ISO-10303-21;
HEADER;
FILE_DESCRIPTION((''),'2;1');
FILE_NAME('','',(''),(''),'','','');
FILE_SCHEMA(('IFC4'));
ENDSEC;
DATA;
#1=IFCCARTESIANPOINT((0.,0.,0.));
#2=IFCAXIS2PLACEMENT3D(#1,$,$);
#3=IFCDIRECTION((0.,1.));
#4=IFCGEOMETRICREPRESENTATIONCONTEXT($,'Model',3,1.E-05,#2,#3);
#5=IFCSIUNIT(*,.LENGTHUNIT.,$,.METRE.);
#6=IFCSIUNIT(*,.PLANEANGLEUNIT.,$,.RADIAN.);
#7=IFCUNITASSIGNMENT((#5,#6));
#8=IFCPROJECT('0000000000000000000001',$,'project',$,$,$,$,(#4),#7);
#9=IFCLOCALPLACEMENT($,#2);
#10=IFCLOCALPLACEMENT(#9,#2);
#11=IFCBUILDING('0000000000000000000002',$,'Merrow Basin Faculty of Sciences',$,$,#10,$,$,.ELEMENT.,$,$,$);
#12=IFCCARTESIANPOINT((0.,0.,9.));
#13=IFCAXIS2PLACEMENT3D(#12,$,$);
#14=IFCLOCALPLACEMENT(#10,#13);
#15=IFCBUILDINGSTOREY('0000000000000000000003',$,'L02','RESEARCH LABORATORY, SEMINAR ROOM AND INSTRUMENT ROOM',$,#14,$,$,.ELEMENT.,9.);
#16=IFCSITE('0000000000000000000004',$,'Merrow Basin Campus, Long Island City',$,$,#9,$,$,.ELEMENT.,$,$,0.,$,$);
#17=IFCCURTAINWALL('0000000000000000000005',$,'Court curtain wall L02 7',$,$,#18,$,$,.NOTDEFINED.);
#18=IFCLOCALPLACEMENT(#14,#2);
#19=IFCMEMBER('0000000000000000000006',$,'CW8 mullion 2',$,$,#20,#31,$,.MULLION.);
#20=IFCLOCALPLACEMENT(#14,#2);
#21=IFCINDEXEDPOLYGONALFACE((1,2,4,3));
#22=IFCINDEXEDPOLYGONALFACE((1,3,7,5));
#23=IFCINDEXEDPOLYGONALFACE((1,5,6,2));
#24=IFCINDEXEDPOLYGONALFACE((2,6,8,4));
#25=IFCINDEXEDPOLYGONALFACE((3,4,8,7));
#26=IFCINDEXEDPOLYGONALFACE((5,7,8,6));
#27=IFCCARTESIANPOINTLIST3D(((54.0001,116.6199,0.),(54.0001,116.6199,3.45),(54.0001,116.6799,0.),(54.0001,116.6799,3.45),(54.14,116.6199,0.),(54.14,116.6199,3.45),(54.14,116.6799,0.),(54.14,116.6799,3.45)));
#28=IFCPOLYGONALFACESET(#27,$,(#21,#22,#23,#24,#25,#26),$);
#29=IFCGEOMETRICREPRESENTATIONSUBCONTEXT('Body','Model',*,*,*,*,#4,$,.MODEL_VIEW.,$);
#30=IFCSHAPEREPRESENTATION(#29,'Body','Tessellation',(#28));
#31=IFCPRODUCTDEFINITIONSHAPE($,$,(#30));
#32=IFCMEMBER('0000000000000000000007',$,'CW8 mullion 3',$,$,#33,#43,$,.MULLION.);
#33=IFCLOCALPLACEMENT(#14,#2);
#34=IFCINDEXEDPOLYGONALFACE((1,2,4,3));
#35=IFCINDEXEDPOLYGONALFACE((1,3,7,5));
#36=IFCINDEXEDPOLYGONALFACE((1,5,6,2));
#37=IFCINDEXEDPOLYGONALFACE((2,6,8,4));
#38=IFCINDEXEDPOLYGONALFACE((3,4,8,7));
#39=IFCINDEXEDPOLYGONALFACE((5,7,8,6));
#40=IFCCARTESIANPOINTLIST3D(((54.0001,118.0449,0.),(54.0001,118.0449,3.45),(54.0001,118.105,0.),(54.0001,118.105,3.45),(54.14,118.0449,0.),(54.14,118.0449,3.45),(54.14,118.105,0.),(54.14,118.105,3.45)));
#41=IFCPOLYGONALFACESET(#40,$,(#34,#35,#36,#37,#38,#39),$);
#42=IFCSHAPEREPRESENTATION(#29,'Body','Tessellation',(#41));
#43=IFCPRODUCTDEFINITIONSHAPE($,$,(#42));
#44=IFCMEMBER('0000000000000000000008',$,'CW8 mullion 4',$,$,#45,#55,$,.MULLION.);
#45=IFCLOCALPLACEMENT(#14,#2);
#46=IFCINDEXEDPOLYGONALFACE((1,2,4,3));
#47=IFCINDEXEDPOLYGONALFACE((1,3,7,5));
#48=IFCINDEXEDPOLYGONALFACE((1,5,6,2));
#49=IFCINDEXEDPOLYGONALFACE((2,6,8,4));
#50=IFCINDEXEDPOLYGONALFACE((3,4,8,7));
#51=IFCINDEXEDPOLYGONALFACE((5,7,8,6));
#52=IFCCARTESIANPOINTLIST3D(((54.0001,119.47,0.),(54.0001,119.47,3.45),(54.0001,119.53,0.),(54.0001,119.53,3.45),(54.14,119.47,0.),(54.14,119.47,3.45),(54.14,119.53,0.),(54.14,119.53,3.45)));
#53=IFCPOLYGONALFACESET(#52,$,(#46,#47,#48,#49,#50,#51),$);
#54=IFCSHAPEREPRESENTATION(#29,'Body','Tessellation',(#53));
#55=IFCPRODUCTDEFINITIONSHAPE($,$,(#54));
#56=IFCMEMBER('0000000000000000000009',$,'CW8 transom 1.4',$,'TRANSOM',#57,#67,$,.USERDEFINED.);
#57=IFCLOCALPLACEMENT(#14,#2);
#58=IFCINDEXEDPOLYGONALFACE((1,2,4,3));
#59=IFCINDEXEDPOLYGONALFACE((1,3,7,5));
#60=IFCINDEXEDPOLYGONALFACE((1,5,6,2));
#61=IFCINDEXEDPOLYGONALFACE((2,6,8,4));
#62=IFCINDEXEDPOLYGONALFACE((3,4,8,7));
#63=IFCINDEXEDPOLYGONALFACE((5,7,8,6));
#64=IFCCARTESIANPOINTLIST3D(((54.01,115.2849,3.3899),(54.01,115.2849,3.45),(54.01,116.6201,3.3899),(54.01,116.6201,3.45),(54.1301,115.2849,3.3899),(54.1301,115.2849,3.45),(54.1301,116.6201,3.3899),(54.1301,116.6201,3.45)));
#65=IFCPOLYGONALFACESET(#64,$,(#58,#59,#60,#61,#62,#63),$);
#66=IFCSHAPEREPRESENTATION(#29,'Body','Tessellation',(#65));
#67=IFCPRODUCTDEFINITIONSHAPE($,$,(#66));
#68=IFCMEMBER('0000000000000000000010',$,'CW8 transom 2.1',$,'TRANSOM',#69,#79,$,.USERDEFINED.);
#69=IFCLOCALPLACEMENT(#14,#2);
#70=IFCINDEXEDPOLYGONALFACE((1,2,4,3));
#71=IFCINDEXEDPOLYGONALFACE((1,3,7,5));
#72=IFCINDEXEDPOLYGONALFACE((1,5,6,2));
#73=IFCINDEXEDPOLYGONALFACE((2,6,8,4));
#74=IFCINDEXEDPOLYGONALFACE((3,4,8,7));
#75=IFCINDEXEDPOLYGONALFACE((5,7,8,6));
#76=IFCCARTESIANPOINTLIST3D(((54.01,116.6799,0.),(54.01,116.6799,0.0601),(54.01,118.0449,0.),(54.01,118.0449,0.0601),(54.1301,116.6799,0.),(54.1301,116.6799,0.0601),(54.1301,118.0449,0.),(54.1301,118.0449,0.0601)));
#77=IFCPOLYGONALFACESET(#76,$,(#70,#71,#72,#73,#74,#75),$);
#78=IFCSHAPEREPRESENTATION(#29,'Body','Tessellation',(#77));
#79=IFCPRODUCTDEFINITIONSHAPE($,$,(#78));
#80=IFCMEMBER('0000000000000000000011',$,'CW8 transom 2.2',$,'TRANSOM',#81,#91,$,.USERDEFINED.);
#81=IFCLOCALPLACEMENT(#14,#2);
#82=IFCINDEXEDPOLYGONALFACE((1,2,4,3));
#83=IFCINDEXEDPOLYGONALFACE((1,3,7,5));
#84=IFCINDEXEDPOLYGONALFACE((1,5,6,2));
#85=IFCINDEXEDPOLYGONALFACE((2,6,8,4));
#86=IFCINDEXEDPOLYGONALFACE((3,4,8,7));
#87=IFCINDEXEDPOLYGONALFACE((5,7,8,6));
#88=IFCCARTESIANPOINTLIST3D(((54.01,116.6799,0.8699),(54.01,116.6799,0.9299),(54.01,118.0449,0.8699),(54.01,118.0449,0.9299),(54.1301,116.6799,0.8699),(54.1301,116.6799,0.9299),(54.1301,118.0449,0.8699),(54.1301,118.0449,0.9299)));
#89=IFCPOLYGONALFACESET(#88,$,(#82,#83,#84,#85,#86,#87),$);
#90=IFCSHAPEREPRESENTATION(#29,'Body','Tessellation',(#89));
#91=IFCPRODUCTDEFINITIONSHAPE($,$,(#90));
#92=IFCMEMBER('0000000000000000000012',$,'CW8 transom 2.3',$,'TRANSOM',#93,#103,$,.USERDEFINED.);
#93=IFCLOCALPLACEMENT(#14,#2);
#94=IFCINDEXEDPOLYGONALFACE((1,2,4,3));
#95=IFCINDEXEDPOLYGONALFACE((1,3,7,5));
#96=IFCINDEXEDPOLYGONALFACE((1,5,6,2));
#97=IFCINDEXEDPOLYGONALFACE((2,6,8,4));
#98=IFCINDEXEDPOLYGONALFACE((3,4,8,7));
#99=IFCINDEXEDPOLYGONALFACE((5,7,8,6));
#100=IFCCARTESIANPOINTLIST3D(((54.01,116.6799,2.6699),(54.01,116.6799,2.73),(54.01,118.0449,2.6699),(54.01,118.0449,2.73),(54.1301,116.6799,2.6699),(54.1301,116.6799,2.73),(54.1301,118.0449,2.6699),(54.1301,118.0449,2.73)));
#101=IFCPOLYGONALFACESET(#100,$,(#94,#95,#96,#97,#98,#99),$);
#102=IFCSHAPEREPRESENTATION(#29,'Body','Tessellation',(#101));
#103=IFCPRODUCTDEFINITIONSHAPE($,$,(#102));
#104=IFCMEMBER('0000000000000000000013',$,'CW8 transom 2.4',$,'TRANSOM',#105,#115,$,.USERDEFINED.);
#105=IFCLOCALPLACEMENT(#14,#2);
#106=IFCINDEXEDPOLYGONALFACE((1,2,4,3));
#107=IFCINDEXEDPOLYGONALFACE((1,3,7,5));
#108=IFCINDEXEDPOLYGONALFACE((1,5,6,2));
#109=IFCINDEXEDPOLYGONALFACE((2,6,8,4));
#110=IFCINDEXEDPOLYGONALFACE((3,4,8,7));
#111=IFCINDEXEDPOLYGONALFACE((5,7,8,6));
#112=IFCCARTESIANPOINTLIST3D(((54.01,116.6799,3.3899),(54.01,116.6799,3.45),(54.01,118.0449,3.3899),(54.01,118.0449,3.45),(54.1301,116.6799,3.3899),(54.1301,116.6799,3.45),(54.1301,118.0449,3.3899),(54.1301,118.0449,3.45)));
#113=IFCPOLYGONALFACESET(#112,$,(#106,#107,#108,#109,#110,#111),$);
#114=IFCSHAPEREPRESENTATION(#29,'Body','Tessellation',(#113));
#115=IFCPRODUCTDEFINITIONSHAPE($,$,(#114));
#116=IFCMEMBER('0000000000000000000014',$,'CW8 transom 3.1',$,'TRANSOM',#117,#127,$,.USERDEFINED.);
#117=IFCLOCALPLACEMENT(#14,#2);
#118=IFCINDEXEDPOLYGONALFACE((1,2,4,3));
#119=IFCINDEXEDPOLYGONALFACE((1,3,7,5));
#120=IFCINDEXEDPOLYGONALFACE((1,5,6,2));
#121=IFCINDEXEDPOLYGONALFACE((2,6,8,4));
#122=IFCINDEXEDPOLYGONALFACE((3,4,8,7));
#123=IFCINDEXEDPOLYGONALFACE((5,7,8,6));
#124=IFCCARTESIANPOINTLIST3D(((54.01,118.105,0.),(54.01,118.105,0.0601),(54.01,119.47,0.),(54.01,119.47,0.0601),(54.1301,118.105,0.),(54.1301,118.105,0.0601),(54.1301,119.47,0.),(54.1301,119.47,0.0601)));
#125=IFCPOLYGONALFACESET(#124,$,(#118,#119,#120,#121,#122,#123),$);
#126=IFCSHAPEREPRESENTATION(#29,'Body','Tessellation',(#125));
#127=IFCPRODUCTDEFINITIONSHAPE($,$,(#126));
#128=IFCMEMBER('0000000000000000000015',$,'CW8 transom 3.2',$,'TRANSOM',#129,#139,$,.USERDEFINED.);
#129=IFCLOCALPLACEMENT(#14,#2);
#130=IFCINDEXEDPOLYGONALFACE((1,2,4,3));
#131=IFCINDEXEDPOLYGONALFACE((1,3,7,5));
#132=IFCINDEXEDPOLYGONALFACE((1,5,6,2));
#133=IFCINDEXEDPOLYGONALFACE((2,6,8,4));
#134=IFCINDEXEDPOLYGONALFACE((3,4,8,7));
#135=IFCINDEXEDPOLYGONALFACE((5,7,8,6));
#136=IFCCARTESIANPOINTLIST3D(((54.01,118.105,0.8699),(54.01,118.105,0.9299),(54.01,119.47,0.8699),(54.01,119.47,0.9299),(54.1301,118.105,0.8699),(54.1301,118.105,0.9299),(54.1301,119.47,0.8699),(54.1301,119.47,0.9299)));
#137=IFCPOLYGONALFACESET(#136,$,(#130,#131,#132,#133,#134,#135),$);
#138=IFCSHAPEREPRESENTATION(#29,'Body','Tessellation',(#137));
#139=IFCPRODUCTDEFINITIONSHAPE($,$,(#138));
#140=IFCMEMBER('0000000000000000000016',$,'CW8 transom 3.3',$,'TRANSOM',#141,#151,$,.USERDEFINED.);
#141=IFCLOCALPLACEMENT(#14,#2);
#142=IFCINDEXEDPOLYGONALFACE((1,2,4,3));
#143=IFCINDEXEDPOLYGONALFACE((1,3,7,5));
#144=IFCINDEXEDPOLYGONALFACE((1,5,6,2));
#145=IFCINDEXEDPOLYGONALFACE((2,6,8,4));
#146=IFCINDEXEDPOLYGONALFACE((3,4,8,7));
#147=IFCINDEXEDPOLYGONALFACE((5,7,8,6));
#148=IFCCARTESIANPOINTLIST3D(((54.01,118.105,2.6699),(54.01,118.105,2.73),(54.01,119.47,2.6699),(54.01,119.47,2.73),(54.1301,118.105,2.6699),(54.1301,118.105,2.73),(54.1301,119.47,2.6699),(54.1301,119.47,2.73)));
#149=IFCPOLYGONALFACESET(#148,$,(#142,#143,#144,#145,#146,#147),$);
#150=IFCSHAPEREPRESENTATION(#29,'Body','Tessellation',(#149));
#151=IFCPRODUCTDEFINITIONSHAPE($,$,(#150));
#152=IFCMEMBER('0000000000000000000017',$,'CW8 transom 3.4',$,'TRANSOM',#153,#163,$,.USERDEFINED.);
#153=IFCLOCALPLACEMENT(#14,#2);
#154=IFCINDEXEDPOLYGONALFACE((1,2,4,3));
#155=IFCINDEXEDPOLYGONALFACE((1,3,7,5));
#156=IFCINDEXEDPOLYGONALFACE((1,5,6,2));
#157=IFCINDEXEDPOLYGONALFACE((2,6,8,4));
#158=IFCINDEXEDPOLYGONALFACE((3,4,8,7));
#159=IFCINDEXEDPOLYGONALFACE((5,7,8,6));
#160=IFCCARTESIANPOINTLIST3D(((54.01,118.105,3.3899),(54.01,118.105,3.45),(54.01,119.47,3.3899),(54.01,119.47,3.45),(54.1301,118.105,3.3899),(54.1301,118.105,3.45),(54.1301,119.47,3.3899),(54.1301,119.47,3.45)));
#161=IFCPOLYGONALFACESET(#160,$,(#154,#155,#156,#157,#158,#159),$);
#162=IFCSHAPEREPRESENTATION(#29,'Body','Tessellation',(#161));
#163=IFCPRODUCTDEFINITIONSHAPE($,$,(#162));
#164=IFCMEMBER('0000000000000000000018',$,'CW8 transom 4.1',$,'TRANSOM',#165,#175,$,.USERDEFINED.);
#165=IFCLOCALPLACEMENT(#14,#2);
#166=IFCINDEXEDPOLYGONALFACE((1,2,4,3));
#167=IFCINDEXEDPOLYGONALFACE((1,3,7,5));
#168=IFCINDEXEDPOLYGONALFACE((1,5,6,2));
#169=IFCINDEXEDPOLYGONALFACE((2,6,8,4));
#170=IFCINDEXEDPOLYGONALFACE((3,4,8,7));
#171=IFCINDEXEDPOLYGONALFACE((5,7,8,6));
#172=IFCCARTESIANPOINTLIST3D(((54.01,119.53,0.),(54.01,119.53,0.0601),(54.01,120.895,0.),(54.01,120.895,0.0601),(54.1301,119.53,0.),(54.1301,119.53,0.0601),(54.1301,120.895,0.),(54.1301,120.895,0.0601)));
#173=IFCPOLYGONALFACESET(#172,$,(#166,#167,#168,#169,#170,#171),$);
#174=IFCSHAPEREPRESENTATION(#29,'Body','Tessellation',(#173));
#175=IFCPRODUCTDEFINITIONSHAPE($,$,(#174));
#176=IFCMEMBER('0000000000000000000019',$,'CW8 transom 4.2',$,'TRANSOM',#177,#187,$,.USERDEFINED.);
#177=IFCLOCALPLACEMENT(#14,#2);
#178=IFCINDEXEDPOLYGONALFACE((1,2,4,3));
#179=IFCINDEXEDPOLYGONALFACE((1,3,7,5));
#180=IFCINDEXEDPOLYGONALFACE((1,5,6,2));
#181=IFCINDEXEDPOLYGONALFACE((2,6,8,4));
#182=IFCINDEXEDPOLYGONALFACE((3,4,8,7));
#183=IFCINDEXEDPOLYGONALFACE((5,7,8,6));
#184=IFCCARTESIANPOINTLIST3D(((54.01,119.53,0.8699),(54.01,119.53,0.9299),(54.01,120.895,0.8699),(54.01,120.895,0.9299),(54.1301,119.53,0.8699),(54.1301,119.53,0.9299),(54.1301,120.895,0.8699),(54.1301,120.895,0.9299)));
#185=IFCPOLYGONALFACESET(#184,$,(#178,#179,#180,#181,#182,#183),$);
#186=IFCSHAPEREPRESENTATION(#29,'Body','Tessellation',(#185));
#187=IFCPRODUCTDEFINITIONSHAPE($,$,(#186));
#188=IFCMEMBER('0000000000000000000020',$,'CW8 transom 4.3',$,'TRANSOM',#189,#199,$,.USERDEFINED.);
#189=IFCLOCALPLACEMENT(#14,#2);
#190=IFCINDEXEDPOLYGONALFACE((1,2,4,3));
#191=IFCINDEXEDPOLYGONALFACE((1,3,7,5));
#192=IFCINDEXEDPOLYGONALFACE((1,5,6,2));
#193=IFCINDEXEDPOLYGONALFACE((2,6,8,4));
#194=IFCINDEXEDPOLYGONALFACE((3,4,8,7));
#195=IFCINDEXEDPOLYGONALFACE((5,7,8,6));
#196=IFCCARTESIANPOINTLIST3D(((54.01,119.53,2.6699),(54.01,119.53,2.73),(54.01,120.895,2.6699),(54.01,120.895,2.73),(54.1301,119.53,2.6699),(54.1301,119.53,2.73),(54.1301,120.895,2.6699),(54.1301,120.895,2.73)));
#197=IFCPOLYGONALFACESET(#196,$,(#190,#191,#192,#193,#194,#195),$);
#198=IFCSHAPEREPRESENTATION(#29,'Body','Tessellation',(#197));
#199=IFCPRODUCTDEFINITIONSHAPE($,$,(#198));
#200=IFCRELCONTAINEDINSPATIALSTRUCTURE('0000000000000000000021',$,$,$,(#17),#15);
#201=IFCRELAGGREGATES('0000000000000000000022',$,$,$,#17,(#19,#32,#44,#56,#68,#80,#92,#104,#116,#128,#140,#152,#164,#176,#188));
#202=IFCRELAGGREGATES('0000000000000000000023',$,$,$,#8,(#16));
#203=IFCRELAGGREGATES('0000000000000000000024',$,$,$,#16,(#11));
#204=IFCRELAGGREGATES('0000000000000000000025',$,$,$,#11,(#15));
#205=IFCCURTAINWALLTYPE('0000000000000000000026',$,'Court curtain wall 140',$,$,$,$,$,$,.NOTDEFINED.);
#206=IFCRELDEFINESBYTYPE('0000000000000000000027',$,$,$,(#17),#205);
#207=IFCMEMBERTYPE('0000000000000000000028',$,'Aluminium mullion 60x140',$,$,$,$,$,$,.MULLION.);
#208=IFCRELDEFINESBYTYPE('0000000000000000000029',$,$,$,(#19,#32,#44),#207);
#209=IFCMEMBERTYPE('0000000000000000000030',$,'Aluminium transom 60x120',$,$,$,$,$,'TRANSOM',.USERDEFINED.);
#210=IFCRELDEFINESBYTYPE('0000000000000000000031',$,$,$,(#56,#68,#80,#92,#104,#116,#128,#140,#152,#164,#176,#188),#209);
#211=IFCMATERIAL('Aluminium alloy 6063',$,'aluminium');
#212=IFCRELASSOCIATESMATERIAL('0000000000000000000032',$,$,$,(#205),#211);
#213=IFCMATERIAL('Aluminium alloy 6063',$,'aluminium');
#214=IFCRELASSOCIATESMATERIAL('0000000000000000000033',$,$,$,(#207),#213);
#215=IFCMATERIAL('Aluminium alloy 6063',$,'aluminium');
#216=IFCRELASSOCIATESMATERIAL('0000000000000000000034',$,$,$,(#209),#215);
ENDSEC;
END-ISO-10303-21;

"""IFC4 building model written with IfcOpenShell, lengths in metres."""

from ifc_helpers import new_model, si_unit, direction, frame, origin, origin_2d, place, context, subcontext, project, spatial, rectangle, extrude, material, material_profile, profile_set, type_object, element, aggregate, save


model = new_model("IFC4")

# Units and contexts
model_context = context("Model", 3, precision=1e-05, world=origin(), true_north=direction((0.0, 1.0)))
body_context = subcontext(model_context, "Body", "Model", "MODEL_VIEW")
ifc_project = project(units=[si_unit("LENGTHUNIT", "METRE"), si_unit("PLANEANGLEUNIT", "RADIAN")], contexts=[model_context])

# Site, building, storey
site_placement = place(None, origin())
site = spatial("IfcSite", under=ifc_project, at=site_placement, Name="Merrow Basin Campus, Long Island City", CompositionType="ELEMENT", RefElevation=0.0)
building_placement = place(site_placement, origin())
building = spatial("IfcBuilding", under=site, at=building_placement, Name="Merrow Basin Faculty of Sciences", CompositionType="ELEMENT")
storey_placement = place(building_placement, frame((0.0, 0.0, 9.0)))
storey = spatial("IfcBuildingStorey", under=building, at=storey_placement, Name="L02", Description="RESEARCH LABORATORY, SEMINAR ROOM AND INSTRUMENT ROOM", CompositionType="ELEMENT", Elevation=9.0)

# Curtain wall, members
ifc_material_1 = material(Name="Aluminium alloy 6063", Category="aluminium")
curtain_wall_type = type_object("IfcCurtainWallType", Name="Court curtain wall 140", PredefinedType="NOTDEFINED", material=ifc_material_1)
curtain_wall_placement = place(storey_placement, origin())
curtain_wall = element("IfcCurtainWall", 1, at=curtain_wall_placement, inside=storey, type_object=curtain_wall_type, Name="Court curtain wall L02 7", PredefinedType="NOTDEFINED")
ifc_material_2 = material(Name="Aluminium alloy 6063", Category="aluminium")
ifc_material_profile_1 = material_profile(ifc_material_2, rectangle(XDim=0.1399, YDim=0.0601, at=origin_2d()))
ifc_profile_set_1 = profile_set([ifc_material_profile_1], Name="Aluminium alloy 6063")
member_type_1 = type_object("IfcMemberType", Name="Aluminium mullion 60x140", PredefinedType="MULLION", material=ifc_profile_set_1)
member_1_placement = place(storey_placement, frame((54.0701, 116.6499, 0.0), z_axis=(0.0, 0.0, 1.0), x_axis=(-1.0, 0.0, 0.0)))
member_1 = element("IfcMember", 2, at=member_1_placement, type_object=member_type_1, Name="CW8 mullion 2", PredefinedType="MULLION", context=body_context, shape_type="SweptSolid", body=[
    extrude(rectangle(XDim=0.1399, YDim=0.0601, at=origin_2d()), origin(), (0.0, 0.0, 1.0), 3.45),
])
member_2_placement = place(storey_placement, frame((54.0701, 118.075, 0.0), z_axis=(0.0, 0.0, 1.0), x_axis=(-1.0, 0.0, 0.0)))
member_2 = element("IfcMember", 3, at=member_2_placement, type_object=member_type_1, Name="CW8 mullion 3", PredefinedType="MULLION", context=body_context, shape_type="SweptSolid", body=[
    extrude(rectangle(XDim=0.1399, YDim=0.0601, at=origin_2d()), origin(), (0.0, 0.0, 1.0), 3.45),
])
member_3_placement = place(storey_placement, frame((54.0701, 119.5, 0.0), z_axis=(0.0, 0.0, 1.0), x_axis=(-1.0, 0.0, 0.0)))
member_3 = element("IfcMember", 4, at=member_3_placement, type_object=member_type_1, Name="CW8 mullion 4", PredefinedType="MULLION", context=body_context, shape_type="SweptSolid", body=[
    extrude(rectangle(XDim=0.1399, YDim=0.0601, at=origin_2d()), origin(), (0.0, 0.0, 1.0), 3.45),
])
ifc_material_3 = material(Name="Aluminium alloy 6063", Category="aluminium")
ifc_material_profile_2 = material_profile(ifc_material_3, rectangle(XDim=0.1201, YDim=0.0601, at=origin_2d()))
ifc_profile_set_2 = profile_set([ifc_material_profile_2], Name="Aluminium alloy 6063")
member_type_2 = type_object("IfcMemberType", Name="Aluminium transom 60x120", ElementType="TRANSOM", PredefinedType="USERDEFINED", material=ifc_profile_set_2)
member_4_placement = place(storey_placement, frame((54.0701, 115.2849, 3.4199), z_axis=(0.0, 1.0, 0.0), x_axis=(-1.0, 0.0, 0.0)))
member_4 = element("IfcMember", 5, at=member_4_placement, type_object=member_type_2, Name="CW8 transom 1.4", ObjectType="TRANSOM", PredefinedType="USERDEFINED", context=body_context, shape_type="SweptSolid", body=[
    extrude(rectangle(XDim=0.1201, YDim=0.0601, at=origin_2d()), origin(), (0.0, 0.0, 1.0), 1.3352),
])
member_5_placement = place(storey_placement, frame((54.0701, 116.6799, 0.03), z_axis=(0.0, 1.0, 0.0), x_axis=(-1.0, 0.0, 0.0)))
member_5 = element("IfcMember", 6, at=member_5_placement, type_object=member_type_2, Name="CW8 transom 2.1", ObjectType="TRANSOM", PredefinedType="USERDEFINED", context=body_context, shape_type="SweptSolid", body=[
    extrude(rectangle(XDim=0.1201, YDim=0.0601, at=origin_2d()), origin(), (0.0, 0.0, 1.0), 1.365),
])
member_6_placement = place(storey_placement, frame((54.0701, 116.6799, 0.8999), z_axis=(0.0, 1.0, 0.0), x_axis=(-1.0, 0.0, 0.0)))
member_6 = element("IfcMember", 7, at=member_6_placement, type_object=member_type_2, Name="CW8 transom 2.2", ObjectType="TRANSOM", PredefinedType="USERDEFINED", context=body_context, shape_type="SweptSolid", body=[
    extrude(rectangle(XDim=0.1201, YDim=0.0601, at=origin_2d()), origin(), (0.0, 0.0, 1.0), 1.365),
])
member_7_placement = place(storey_placement, frame((54.0701, 116.6799, 2.7), z_axis=(0.0, 1.0, 0.0), x_axis=(-1.0, 0.0, 0.0)))
member_7 = element("IfcMember", 8, at=member_7_placement, type_object=member_type_2, Name="CW8 transom 2.3", ObjectType="TRANSOM", PredefinedType="USERDEFINED", context=body_context, shape_type="SweptSolid", body=[
    extrude(rectangle(XDim=0.1201, YDim=0.0601, at=origin_2d()), origin(), (0.0, 0.0, 1.0), 1.365),
])
member_8_placement = place(storey_placement, frame((54.0701, 116.6799, 3.4199), z_axis=(0.0, 1.0, 0.0), x_axis=(-1.0, 0.0, 0.0)))
member_8 = element("IfcMember", 9, at=member_8_placement, type_object=member_type_2, Name="CW8 transom 2.4", ObjectType="TRANSOM", PredefinedType="USERDEFINED", context=body_context, shape_type="SweptSolid", body=[
    extrude(rectangle(XDim=0.1201, YDim=0.0601, at=origin_2d()), origin(), (0.0, 0.0, 1.0), 1.365),
])
member_9_placement = place(storey_placement, frame((54.0701, 118.105, 0.03), z_axis=(0.0, 1.0, 0.0), x_axis=(-1.0, 0.0, 0.0)))
member_9 = element("IfcMember", 10, at=member_9_placement, type_object=member_type_2, Name="CW8 transom 3.1", ObjectType="TRANSOM", PredefinedType="USERDEFINED", context=body_context, shape_type="SweptSolid", body=[
    extrude(rectangle(XDim=0.1201, YDim=0.0601, at=origin_2d()), origin(), (0.0, 0.0, 1.0), 1.365),
])
member_10_placement = place(storey_placement, frame((54.0701, 118.105, 0.8999), z_axis=(0.0, 1.0, 0.0), x_axis=(-1.0, 0.0, 0.0)))
member_10 = element("IfcMember", 11, at=member_10_placement, type_object=member_type_2, Name="CW8 transom 3.2", ObjectType="TRANSOM", PredefinedType="USERDEFINED", context=body_context, shape_type="SweptSolid", body=[
    extrude(rectangle(XDim=0.1201, YDim=0.0601, at=origin_2d()), origin(), (0.0, 0.0, 1.0), 1.365),
])
member_11_placement = place(storey_placement, frame((54.0701, 118.105, 2.7), z_axis=(0.0, 1.0, 0.0), x_axis=(-1.0, 0.0, 0.0)))
member_11 = element("IfcMember", 12, at=member_11_placement, type_object=member_type_2, Name="CW8 transom 3.3", ObjectType="TRANSOM", PredefinedType="USERDEFINED", context=body_context, shape_type="SweptSolid", body=[
    extrude(rectangle(XDim=0.1201, YDim=0.0601, at=origin_2d()), origin(), (0.0, 0.0, 1.0), 1.365),
])
member_12_placement = place(storey_placement, frame((54.0701, 118.105, 3.4199), z_axis=(0.0, 1.0, 0.0), x_axis=(-1.0, 0.0, 0.0)))
member_12 = element("IfcMember", 13, at=member_12_placement, type_object=member_type_2, Name="CW8 transom 3.4", ObjectType="TRANSOM", PredefinedType="USERDEFINED", context=body_context, shape_type="SweptSolid", body=[
    extrude(rectangle(XDim=0.1201, YDim=0.0601, at=origin_2d()), origin(), (0.0, 0.0, 1.0), 1.365),
])
member_13_placement = place(storey_placement, frame((54.0701, 119.53, 0.03), z_axis=(0.0, 1.0, 0.0), x_axis=(-1.0, 0.0, 0.0)))
member_13 = element("IfcMember", 14, at=member_13_placement, type_object=member_type_2, Name="CW8 transom 4.1", ObjectType="TRANSOM", PredefinedType="USERDEFINED", context=body_context, shape_type="SweptSolid", body=[
    extrude(rectangle(XDim=0.1201, YDim=0.0601, at=origin_2d()), origin(), (0.0, 0.0, 1.0), 1.365),
])
member_14_placement = place(storey_placement, frame((54.0701, 119.53, 0.8999), z_axis=(0.0, 1.0, 0.0), x_axis=(-1.0, 0.0, 0.0)))
member_14 = element("IfcMember", 15, at=member_14_placement, type_object=member_type_2, Name="CW8 transom 4.2", ObjectType="TRANSOM", PredefinedType="USERDEFINED", context=body_context, shape_type="SweptSolid", body=[
    extrude(rectangle(XDim=0.1201, YDim=0.0601, at=origin_2d()), origin(), (0.0, 0.0, 1.0), 1.365),
])
member_15_placement = place(storey_placement, frame((54.0701, 119.53, 2.7), z_axis=(0.0, 1.0, 0.0), x_axis=(-1.0, 0.0, 0.0)))
member_15 = element("IfcMember", 16, at=member_15_placement, type_object=member_type_2, Name="CW8 transom 4.3", ObjectType="TRANSOM", PredefinedType="USERDEFINED", context=body_context, shape_type="SweptSolid", body=[
    extrude(rectangle(XDim=0.1201, YDim=0.0601, at=origin_2d()), origin(), (0.0, 0.0, 1.0), 1.365),
])
aggregate(curtain_wall, [member_1, member_2, member_3, member_4, member_5, member_6, member_7, member_8, member_9, member_10, member_11, member_12, member_13, member_14, member_15])

save(model, "model.ifc")
